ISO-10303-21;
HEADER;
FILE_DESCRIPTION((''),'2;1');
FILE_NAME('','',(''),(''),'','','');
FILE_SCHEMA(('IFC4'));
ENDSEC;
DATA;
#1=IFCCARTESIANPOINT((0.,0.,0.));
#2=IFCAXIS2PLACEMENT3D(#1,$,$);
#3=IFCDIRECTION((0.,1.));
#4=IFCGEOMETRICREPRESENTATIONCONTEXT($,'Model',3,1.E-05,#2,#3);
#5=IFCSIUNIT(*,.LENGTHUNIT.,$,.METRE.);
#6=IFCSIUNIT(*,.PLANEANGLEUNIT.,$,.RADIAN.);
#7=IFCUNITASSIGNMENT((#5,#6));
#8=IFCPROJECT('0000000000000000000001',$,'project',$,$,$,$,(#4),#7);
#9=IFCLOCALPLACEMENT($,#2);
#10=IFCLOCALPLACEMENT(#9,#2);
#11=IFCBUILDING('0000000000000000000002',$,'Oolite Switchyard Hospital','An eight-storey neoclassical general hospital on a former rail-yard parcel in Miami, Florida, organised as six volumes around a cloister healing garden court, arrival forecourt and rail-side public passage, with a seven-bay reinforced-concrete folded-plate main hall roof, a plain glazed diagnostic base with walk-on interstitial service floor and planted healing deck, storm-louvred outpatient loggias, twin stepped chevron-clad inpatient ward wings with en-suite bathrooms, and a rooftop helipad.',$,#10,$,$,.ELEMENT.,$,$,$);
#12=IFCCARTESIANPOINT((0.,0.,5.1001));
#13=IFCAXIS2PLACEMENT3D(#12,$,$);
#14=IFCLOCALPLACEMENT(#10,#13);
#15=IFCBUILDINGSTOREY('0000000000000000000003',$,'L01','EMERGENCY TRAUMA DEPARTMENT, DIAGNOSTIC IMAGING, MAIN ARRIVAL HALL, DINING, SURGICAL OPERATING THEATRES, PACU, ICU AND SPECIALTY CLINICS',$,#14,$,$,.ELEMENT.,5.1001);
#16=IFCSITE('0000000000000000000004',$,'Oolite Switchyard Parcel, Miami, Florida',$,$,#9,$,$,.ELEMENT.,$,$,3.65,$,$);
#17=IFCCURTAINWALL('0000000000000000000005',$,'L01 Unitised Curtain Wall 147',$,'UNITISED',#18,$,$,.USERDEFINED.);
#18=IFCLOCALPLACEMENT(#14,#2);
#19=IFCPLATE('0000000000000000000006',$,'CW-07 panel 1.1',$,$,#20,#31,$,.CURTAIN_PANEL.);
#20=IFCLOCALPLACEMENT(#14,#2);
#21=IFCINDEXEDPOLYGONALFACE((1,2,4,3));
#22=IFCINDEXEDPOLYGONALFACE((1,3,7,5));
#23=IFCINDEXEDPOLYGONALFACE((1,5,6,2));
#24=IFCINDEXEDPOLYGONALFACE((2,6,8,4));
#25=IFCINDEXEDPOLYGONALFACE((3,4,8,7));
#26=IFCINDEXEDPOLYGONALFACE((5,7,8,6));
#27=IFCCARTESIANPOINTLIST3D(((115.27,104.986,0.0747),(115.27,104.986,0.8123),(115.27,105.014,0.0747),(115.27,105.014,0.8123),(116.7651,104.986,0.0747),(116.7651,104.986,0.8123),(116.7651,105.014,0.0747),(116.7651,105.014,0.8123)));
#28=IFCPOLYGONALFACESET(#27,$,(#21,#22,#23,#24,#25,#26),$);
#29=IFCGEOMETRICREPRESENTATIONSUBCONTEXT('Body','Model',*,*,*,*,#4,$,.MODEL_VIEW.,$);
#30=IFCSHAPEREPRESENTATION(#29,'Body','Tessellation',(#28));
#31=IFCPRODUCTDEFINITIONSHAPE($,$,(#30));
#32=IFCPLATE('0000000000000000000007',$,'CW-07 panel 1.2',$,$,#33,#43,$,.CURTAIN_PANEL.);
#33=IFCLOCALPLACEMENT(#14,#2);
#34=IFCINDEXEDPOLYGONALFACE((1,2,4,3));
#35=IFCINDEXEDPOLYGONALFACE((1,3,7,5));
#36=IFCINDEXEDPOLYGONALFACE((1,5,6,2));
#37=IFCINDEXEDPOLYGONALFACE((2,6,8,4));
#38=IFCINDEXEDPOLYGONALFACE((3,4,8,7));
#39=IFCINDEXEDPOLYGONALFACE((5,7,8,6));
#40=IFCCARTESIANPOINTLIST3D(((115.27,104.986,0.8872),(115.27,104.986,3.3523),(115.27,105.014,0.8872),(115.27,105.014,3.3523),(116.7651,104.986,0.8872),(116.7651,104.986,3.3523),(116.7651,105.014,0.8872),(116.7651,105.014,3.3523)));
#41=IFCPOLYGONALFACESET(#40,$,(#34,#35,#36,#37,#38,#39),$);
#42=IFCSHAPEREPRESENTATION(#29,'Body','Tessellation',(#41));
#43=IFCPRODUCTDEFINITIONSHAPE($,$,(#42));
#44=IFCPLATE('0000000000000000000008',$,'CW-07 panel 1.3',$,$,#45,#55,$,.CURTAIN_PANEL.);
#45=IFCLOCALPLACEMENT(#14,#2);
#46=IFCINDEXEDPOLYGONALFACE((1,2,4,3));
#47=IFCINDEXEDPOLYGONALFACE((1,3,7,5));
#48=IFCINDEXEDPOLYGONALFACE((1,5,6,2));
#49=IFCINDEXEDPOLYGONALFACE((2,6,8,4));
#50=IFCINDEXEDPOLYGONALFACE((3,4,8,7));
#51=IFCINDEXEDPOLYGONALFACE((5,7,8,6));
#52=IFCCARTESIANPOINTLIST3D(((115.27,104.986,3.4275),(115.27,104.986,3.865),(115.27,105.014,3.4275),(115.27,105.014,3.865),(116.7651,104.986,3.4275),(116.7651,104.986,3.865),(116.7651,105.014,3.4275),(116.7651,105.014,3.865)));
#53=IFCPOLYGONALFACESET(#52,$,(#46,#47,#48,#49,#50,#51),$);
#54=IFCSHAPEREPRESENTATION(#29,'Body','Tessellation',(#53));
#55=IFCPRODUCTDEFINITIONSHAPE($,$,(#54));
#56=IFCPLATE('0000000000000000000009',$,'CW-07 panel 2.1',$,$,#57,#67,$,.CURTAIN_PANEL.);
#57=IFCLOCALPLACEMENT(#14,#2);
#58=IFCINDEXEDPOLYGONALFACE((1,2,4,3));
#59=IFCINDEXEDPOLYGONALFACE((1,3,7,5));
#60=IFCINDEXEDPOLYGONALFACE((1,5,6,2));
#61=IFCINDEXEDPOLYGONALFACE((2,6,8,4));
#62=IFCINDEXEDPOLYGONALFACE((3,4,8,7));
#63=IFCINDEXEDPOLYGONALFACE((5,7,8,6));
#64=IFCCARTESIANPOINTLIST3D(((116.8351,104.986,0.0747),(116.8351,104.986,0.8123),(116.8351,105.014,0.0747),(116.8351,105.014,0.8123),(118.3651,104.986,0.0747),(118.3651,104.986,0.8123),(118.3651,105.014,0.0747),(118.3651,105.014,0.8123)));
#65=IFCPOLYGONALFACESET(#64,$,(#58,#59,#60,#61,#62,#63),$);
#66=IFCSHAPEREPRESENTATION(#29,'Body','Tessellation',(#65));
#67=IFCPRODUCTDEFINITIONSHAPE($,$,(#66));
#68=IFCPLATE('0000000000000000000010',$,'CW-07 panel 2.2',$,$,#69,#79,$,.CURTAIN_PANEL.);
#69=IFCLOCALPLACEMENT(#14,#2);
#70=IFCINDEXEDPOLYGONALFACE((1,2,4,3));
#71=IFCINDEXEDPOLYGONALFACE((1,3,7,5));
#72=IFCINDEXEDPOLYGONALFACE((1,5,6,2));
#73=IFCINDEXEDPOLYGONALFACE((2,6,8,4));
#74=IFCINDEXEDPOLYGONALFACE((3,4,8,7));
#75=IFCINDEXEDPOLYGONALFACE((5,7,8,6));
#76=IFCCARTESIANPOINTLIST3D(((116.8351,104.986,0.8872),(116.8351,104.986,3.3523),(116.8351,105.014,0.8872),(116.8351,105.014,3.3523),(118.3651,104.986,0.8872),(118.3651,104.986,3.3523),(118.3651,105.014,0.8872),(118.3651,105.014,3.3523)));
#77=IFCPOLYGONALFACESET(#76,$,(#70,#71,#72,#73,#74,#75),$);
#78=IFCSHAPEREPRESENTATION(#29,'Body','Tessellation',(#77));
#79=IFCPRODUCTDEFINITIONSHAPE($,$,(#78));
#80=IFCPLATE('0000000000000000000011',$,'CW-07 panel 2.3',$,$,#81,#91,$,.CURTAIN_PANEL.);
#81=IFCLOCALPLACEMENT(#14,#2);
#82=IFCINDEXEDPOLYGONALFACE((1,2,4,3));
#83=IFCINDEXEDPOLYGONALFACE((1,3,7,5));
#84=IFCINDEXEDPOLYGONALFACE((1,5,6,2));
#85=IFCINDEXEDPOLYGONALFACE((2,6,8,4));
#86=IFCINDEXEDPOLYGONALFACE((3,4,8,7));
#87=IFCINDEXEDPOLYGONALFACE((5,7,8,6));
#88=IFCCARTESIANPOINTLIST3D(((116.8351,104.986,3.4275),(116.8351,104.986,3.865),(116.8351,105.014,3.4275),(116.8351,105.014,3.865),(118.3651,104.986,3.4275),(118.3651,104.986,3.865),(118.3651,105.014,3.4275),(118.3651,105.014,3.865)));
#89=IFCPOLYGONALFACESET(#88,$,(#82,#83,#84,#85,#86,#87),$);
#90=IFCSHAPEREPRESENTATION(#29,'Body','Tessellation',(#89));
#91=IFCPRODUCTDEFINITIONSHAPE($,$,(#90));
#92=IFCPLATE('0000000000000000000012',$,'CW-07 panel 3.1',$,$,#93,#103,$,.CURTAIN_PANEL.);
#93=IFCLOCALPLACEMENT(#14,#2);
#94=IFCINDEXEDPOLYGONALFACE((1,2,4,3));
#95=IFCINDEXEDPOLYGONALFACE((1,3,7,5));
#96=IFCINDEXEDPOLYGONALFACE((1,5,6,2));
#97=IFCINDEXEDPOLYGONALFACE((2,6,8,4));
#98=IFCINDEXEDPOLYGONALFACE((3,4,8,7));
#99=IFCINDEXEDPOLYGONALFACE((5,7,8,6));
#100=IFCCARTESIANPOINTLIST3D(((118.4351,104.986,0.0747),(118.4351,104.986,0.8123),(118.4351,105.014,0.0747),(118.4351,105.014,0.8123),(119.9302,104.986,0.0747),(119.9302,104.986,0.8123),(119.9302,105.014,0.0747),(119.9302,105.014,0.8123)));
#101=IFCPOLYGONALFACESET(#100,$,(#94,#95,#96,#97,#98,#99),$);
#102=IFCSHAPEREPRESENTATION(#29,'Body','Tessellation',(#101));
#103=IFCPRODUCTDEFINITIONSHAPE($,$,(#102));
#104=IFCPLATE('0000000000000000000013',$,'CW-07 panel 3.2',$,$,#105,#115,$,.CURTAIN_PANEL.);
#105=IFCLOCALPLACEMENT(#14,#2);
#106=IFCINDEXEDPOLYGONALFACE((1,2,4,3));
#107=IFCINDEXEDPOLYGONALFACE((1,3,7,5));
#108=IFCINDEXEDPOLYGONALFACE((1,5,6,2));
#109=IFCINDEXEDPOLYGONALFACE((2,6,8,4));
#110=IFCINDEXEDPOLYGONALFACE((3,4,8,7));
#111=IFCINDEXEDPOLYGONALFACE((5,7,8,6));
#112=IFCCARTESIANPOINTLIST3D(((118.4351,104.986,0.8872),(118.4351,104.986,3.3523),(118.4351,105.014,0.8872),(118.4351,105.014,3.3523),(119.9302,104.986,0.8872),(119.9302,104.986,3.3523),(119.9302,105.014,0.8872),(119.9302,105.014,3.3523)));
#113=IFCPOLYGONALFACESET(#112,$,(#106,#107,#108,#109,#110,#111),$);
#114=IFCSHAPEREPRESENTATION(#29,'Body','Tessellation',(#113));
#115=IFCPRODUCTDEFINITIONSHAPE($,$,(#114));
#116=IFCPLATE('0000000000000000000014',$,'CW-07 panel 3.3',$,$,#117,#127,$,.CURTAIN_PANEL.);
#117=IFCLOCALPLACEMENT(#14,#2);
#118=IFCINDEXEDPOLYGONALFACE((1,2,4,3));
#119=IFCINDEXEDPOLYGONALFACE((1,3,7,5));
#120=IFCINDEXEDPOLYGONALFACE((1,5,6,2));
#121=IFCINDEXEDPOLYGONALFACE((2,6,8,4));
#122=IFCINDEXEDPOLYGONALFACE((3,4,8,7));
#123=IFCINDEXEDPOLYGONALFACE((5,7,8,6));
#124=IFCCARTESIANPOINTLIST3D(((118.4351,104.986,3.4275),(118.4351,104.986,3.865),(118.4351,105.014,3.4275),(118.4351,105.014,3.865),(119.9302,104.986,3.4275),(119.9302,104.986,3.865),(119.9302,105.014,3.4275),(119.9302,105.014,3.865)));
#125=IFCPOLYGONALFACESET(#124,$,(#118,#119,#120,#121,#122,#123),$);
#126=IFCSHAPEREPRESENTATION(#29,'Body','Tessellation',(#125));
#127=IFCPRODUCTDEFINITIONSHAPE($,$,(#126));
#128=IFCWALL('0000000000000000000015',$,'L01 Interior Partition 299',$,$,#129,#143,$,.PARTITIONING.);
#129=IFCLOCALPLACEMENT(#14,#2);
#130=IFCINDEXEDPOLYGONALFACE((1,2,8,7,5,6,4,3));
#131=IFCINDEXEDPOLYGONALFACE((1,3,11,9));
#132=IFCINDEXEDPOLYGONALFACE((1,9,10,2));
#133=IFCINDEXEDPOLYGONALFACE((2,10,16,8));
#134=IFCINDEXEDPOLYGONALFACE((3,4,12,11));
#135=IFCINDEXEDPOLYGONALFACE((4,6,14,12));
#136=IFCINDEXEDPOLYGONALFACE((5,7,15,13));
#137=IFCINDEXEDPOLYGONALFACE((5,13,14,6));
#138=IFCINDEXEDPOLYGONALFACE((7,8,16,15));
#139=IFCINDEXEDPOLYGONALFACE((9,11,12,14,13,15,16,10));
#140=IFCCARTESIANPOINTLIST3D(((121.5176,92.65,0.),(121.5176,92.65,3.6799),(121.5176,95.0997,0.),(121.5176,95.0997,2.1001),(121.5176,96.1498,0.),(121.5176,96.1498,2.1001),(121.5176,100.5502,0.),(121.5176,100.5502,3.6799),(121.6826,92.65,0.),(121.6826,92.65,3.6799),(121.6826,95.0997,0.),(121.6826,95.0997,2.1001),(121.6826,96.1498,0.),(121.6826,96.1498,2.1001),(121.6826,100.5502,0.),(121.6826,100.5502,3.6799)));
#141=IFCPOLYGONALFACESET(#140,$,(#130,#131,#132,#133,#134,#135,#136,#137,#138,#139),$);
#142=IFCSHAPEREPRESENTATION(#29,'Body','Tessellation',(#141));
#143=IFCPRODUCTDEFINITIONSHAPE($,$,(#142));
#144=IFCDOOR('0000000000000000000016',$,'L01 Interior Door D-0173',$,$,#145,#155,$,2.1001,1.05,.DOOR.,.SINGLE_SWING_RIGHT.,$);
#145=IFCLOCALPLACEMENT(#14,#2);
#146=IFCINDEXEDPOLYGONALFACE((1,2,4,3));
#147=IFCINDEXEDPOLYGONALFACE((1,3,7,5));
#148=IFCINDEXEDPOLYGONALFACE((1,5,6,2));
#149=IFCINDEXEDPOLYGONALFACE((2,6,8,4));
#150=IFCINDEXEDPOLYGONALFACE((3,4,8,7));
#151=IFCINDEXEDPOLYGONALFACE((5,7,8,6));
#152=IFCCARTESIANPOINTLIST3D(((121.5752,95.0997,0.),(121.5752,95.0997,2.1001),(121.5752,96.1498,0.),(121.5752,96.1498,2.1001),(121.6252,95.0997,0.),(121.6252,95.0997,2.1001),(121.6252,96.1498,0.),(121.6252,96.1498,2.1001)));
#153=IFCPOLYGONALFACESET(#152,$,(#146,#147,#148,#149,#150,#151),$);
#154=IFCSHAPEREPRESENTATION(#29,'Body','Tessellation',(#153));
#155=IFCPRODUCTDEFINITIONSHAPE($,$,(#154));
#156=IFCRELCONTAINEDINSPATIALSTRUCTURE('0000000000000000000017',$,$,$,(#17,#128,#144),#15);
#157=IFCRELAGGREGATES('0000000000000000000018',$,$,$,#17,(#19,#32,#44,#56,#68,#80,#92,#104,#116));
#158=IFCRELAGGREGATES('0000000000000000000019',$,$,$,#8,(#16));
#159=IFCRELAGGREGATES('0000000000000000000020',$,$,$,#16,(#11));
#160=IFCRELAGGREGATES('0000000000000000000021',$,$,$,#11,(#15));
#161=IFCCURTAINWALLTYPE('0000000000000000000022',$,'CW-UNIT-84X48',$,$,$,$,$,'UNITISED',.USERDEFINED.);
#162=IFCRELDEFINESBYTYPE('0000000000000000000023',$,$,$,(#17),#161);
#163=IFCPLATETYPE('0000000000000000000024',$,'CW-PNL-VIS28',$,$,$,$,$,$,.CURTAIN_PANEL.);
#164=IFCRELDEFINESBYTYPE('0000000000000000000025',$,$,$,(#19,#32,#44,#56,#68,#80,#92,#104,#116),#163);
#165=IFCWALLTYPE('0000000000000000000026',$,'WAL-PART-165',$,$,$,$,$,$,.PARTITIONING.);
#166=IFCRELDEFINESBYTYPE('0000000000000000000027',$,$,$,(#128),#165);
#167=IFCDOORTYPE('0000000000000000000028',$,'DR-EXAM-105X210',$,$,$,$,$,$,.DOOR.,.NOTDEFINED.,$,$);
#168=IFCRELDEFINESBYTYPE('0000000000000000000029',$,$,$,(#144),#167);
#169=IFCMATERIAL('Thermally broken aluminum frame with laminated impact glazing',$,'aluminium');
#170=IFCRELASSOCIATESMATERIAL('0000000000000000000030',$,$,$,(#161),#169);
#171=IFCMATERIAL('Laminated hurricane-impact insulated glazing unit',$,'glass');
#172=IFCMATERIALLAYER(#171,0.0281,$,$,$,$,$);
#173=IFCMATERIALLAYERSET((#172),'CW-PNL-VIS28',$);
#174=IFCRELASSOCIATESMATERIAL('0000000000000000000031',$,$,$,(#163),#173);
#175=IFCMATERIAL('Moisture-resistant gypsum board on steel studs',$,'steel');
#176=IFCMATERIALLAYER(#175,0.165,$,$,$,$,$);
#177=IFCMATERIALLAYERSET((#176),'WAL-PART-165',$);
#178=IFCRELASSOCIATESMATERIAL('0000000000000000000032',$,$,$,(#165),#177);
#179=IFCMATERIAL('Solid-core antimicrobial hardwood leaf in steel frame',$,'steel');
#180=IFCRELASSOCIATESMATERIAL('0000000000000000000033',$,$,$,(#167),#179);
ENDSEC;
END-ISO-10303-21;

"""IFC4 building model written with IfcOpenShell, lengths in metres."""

from ifc_helpers import new_model, si_unit, direction, frame, frame_2d, origin, origin_2d, place, context, subcontext, project, spatial, rectangle, extrude, material, layer, layer_set, type_object, element, fill, aggregate, save


model = new_model("IFC4")

# Units and contexts
model_context = context("Model", 3, precision=1e-05, world=origin(), true_north=direction((0.0, 1.0)))
body_context = subcontext(model_context, "Body", "Model", "MODEL_VIEW")
ifc_project = project(units=[si_unit("LENGTHUNIT", "METRE"), si_unit("PLANEANGLEUNIT", "RADIAN")], contexts=[model_context])

# Site, building, storey
site_placement = place(None, origin())
site = spatial("IfcSite", under=ifc_project, at=site_placement, Name="Oolite Switchyard Parcel, Miami, Florida", CompositionType="ELEMENT", RefElevation=3.65)
building_placement = place(site_placement, origin())
building = spatial("IfcBuilding", under=site, at=building_placement, Name="Oolite Switchyard Hospital", Description="An eight-storey neoclassical general hospital on a former rail-yard parcel in Miami, Florida, organised as six volumes around a cloister healing garden court, arrival forecourt and rail-side public passage, with a seven-bay reinforced-concrete folded-plate main hall roof, a plain glazed diagnostic base with walk-on interstitial service floor and planted healing deck, storm-louvred outpatient loggias, twin stepped chevron-clad inpatient ward wings with en-suite bathrooms, and a rooftop helipad.", CompositionType="ELEMENT")
storey_placement = place(building_placement, frame((0.0, 0.0, 5.1001)))
storey = spatial("IfcBuildingStorey", under=building, at=storey_placement, Name="L01", Description="EMERGENCY TRAUMA DEPARTMENT, DIAGNOSTIC IMAGING, MAIN ARRIVAL HALL, DINING, SURGICAL OPERATING THEATRES, PACU, ICU AND SPECIALTY CLINICS", CompositionType="ELEMENT", Elevation=5.1001)

# Curtain wall, plates
ifc_material_1 = material(Name="Thermally broken aluminum frame with laminated impact glazing", Category="aluminium")
curtain_wall_type = type_object("IfcCurtainWallType", Name="CW-UNIT-84X48", ElementType="UNITISED", PredefinedType="USERDEFINED", material=ifc_material_1)
curtain_wall_placement = place(storey_placement, origin())
curtain_wall = element("IfcCurtainWall", 1, at=curtain_wall_placement, inside=storey, type_object=curtain_wall_type, Name="L01 Unitised Curtain Wall 147", ObjectType="UNITISED", PredefinedType="USERDEFINED")
ifc_material_2 = material(Name="Laminated hurricane-impact insulated glazing unit", Category="glass")
ifc_layer_1 = layer(ifc_material_2, 0.0281)
ifc_layer_set_1 = layer_set([ifc_layer_1], Name="CW-PNL-VIS28")
plate_type = type_object("IfcPlateType", Name="CW-PNL-VIS28", PredefinedType="CURTAIN_PANEL", material=ifc_layer_set_1)
plate_1_placement = place(storey_placement, frame((116.0176, 105.0, 0.0747), z_axis=(0.0, 0.0, 1.0), x_axis=(1.0, 0.0, 0.0)))
plate_1 = element("IfcPlate", 2, at=plate_1_placement, type_object=plate_type, Name="CW-07 panel 1.1", PredefinedType="CURTAIN_PANEL", context=body_context, shape_type="SweptSolid", body=[
    extrude(rectangle(XDim=1.4951, YDim=0.0281, at=origin_2d()), origin(), (0.0, 0.0, 1.0), 0.7375),
])
plate_2_placement = place(storey_placement, frame((116.0176, 105.0, 0.8872), z_axis=(0.0, 0.0, 1.0), x_axis=(1.0, 0.0, 0.0)))
plate_2 = element("IfcPlate", 3, at=plate_2_placement, type_object=plate_type, Name="CW-07 panel 1.2", PredefinedType="CURTAIN_PANEL", context=body_context, shape_type="SweptSolid", body=[
    extrude(rectangle(XDim=1.4951, YDim=0.0281, at=origin_2d()), origin(), (0.0, 0.0, 1.0), 2.4651),
])
plate_3_placement = place(storey_placement, frame((116.0176, 105.0, 3.4275), z_axis=(0.0, 0.0, 1.0), x_axis=(1.0, 0.0, 0.0)))
plate_3 = element("IfcPlate", 4, at=plate_3_placement, type_object=plate_type, Name="CW-07 panel 1.3", PredefinedType="CURTAIN_PANEL", context=body_context, shape_type="SweptSolid", body=[
    extrude(rectangle(XDim=1.4951, YDim=0.0281, at=origin_2d()), origin(), (0.0, 0.0, 1.0), 0.4375),
])
plate_4_placement = place(storey_placement, frame((117.6001, 105.0, 0.0747), z_axis=(0.0, 0.0, 1.0), x_axis=(1.0, 0.0, 0.0)))
plate_4 = element("IfcPlate", 5, at=plate_4_placement, type_object=plate_type, Name="CW-07 panel 2.1", PredefinedType="CURTAIN_PANEL", context=body_context, shape_type="SweptSolid", body=[
    extrude(rectangle(XDim=1.53, YDim=0.0281, at=origin_2d()), origin(), (0.0, 0.0, 1.0), 0.7375),
])
plate_5_placement = place(storey_placement, frame((117.6001, 105.0, 0.8872), z_axis=(0.0, 0.0, 1.0), x_axis=(1.0, 0.0, 0.0)))
plate_5 = element("IfcPlate", 6, at=plate_5_placement, type_object=plate_type, Name="CW-07 panel 2.2", PredefinedType="CURTAIN_PANEL", context=body_context, shape_type="SweptSolid", body=[
    extrude(rectangle(XDim=1.53, YDim=0.0281, at=origin_2d()), origin(), (0.0, 0.0, 1.0), 2.4651),
])
plate_6_placement = place(storey_placement, frame((117.6001, 105.0, 3.4275), z_axis=(0.0, 0.0, 1.0), x_axis=(1.0, 0.0, 0.0)))
plate_6 = element("IfcPlate", 7, at=plate_6_placement, type_object=plate_type, Name="CW-07 panel 2.3", PredefinedType="CURTAIN_PANEL", context=body_context, shape_type="SweptSolid", body=[
    extrude(rectangle(XDim=1.53, YDim=0.0281, at=origin_2d()), origin(), (0.0, 0.0, 1.0), 0.4375),
])
plate_7_placement = place(storey_placement, frame((119.1826, 105.0, 0.0747), z_axis=(0.0, 0.0, 1.0), x_axis=(1.0, 0.0, 0.0)))
plate_7 = element("IfcPlate", 8, at=plate_7_placement, type_object=plate_type, Name="CW-07 panel 3.1", PredefinedType="CURTAIN_PANEL", context=body_context, shape_type="SweptSolid", body=[
    extrude(rectangle(XDim=1.4951, YDim=0.0281, at=origin_2d()), origin(), (0.0, 0.0, 1.0), 0.7375),
])
plate_8_placement = place(storey_placement, frame((119.1826, 105.0, 0.8872), z_axis=(0.0, 0.0, 1.0), x_axis=(1.0, 0.0, 0.0)))
plate_8 = element("IfcPlate", 9, at=plate_8_placement, type_object=plate_type, Name="CW-07 panel 3.2", PredefinedType="CURTAIN_PANEL", context=body_context, shape_type="SweptSolid", body=[
    extrude(rectangle(XDim=1.4951, YDim=0.0281, at=origin_2d()), origin(), (0.0, 0.0, 1.0), 2.4651),
])
plate_9_placement = place(storey_placement, frame((119.1826, 105.0, 3.4275), z_axis=(0.0, 0.0, 1.0), x_axis=(1.0, 0.0, 0.0)))
plate_9 = element("IfcPlate", 10, at=plate_9_placement, type_object=plate_type, Name="CW-07 panel 3.3", PredefinedType="CURTAIN_PANEL", context=body_context, shape_type="SweptSolid", body=[
    extrude(rectangle(XDim=1.4951, YDim=0.0281, at=origin_2d()), origin(), (0.0, 0.0, 1.0), 0.4375),
])
aggregate(curtain_wall, [plate_1, plate_2, plate_3, plate_4, plate_5, plate_6, plate_7, plate_8, plate_9])

# Wall, opening, door
ifc_material_3 = material(Name="Moisture-resistant gypsum board on steel studs", Category="steel")
ifc_layer_2 = layer(ifc_material_3, 0.165)
ifc_layer_set_2 = layer_set([ifc_layer_2], Name="WAL-PART-165")
wall_type = type_object("IfcWallType", Name="WAL-PART-165", PredefinedType="PARTITIONING", material=ifc_layer_set_2)
wall_placement = place(storey_placement, frame((121.6001, 92.6499, 0.0), z_axis=(0.0, 0.0, 1.0), x_axis=(0.0, 1.0, 0.0)))
wall = element("IfcWall", 11, at=wall_placement, inside=storey, type_object=wall_type, Name="L01 Interior Partition 299", PredefinedType="PARTITIONING", context=body_context, shape_type="SweptSolid", body=[
    extrude(rectangle(XDim=7.9001, YDim=0.165, at=frame_2d((3.9502, 0.0))), origin(), (0.0, 0.0, 1.0), 3.6799),
])
opening_placement = place(wall_placement, frame((2.45, 0.0, 0.0)))
opening = element("IfcOpeningElement", 12, at=opening_placement, cuts=wall, PredefinedType="OPENING", context=body_context, shape_type="SweptSolid", body=[
    extrude(rectangle(XDim=1.05, YDim=2.1001, at=frame_2d((0.5249, 1.05))), frame((0.0, 0.0925, 0.0), z_axis=(0.0, -1.0, 0.0), x_axis=(1.0, 0.0, 0.0)), (0.0, 0.0, 1.0), 0.1851),
])
ifc_material_4 = material(Name="Solid-core antimicrobial hardwood leaf in steel frame", Category="steel")
door_type = type_object("IfcDoorType", Name="DR-EXAM-105X210", OperationType="NOTDEFINED", PredefinedType="DOOR", material=ifc_material_4)
door_placement = place(opening_placement, origin())
door = element("IfcDoor", 13, at=door_placement, inside=storey, type_object=door_type, Name="L01 Interior Door D-0173", OperationType="SINGLE_SWING_RIGHT", OverallHeight=2.1001, OverallWidth=1.05, PredefinedType="DOOR", context=body_context, shape_type="SweptSolid", body=[
    extrude(rectangle(XDim=1.05, YDim=2.1001, at=frame_2d((0.5249, 1.05))), frame((0.0, 0.0249, 0.0), z_axis=(0.0, -1.0, 0.0), x_axis=(1.0, 0.0, 0.0)), (0.0, 0.0, 1.0), 0.05),
])
fill(opening, door)

save(model, "model.ifc")
